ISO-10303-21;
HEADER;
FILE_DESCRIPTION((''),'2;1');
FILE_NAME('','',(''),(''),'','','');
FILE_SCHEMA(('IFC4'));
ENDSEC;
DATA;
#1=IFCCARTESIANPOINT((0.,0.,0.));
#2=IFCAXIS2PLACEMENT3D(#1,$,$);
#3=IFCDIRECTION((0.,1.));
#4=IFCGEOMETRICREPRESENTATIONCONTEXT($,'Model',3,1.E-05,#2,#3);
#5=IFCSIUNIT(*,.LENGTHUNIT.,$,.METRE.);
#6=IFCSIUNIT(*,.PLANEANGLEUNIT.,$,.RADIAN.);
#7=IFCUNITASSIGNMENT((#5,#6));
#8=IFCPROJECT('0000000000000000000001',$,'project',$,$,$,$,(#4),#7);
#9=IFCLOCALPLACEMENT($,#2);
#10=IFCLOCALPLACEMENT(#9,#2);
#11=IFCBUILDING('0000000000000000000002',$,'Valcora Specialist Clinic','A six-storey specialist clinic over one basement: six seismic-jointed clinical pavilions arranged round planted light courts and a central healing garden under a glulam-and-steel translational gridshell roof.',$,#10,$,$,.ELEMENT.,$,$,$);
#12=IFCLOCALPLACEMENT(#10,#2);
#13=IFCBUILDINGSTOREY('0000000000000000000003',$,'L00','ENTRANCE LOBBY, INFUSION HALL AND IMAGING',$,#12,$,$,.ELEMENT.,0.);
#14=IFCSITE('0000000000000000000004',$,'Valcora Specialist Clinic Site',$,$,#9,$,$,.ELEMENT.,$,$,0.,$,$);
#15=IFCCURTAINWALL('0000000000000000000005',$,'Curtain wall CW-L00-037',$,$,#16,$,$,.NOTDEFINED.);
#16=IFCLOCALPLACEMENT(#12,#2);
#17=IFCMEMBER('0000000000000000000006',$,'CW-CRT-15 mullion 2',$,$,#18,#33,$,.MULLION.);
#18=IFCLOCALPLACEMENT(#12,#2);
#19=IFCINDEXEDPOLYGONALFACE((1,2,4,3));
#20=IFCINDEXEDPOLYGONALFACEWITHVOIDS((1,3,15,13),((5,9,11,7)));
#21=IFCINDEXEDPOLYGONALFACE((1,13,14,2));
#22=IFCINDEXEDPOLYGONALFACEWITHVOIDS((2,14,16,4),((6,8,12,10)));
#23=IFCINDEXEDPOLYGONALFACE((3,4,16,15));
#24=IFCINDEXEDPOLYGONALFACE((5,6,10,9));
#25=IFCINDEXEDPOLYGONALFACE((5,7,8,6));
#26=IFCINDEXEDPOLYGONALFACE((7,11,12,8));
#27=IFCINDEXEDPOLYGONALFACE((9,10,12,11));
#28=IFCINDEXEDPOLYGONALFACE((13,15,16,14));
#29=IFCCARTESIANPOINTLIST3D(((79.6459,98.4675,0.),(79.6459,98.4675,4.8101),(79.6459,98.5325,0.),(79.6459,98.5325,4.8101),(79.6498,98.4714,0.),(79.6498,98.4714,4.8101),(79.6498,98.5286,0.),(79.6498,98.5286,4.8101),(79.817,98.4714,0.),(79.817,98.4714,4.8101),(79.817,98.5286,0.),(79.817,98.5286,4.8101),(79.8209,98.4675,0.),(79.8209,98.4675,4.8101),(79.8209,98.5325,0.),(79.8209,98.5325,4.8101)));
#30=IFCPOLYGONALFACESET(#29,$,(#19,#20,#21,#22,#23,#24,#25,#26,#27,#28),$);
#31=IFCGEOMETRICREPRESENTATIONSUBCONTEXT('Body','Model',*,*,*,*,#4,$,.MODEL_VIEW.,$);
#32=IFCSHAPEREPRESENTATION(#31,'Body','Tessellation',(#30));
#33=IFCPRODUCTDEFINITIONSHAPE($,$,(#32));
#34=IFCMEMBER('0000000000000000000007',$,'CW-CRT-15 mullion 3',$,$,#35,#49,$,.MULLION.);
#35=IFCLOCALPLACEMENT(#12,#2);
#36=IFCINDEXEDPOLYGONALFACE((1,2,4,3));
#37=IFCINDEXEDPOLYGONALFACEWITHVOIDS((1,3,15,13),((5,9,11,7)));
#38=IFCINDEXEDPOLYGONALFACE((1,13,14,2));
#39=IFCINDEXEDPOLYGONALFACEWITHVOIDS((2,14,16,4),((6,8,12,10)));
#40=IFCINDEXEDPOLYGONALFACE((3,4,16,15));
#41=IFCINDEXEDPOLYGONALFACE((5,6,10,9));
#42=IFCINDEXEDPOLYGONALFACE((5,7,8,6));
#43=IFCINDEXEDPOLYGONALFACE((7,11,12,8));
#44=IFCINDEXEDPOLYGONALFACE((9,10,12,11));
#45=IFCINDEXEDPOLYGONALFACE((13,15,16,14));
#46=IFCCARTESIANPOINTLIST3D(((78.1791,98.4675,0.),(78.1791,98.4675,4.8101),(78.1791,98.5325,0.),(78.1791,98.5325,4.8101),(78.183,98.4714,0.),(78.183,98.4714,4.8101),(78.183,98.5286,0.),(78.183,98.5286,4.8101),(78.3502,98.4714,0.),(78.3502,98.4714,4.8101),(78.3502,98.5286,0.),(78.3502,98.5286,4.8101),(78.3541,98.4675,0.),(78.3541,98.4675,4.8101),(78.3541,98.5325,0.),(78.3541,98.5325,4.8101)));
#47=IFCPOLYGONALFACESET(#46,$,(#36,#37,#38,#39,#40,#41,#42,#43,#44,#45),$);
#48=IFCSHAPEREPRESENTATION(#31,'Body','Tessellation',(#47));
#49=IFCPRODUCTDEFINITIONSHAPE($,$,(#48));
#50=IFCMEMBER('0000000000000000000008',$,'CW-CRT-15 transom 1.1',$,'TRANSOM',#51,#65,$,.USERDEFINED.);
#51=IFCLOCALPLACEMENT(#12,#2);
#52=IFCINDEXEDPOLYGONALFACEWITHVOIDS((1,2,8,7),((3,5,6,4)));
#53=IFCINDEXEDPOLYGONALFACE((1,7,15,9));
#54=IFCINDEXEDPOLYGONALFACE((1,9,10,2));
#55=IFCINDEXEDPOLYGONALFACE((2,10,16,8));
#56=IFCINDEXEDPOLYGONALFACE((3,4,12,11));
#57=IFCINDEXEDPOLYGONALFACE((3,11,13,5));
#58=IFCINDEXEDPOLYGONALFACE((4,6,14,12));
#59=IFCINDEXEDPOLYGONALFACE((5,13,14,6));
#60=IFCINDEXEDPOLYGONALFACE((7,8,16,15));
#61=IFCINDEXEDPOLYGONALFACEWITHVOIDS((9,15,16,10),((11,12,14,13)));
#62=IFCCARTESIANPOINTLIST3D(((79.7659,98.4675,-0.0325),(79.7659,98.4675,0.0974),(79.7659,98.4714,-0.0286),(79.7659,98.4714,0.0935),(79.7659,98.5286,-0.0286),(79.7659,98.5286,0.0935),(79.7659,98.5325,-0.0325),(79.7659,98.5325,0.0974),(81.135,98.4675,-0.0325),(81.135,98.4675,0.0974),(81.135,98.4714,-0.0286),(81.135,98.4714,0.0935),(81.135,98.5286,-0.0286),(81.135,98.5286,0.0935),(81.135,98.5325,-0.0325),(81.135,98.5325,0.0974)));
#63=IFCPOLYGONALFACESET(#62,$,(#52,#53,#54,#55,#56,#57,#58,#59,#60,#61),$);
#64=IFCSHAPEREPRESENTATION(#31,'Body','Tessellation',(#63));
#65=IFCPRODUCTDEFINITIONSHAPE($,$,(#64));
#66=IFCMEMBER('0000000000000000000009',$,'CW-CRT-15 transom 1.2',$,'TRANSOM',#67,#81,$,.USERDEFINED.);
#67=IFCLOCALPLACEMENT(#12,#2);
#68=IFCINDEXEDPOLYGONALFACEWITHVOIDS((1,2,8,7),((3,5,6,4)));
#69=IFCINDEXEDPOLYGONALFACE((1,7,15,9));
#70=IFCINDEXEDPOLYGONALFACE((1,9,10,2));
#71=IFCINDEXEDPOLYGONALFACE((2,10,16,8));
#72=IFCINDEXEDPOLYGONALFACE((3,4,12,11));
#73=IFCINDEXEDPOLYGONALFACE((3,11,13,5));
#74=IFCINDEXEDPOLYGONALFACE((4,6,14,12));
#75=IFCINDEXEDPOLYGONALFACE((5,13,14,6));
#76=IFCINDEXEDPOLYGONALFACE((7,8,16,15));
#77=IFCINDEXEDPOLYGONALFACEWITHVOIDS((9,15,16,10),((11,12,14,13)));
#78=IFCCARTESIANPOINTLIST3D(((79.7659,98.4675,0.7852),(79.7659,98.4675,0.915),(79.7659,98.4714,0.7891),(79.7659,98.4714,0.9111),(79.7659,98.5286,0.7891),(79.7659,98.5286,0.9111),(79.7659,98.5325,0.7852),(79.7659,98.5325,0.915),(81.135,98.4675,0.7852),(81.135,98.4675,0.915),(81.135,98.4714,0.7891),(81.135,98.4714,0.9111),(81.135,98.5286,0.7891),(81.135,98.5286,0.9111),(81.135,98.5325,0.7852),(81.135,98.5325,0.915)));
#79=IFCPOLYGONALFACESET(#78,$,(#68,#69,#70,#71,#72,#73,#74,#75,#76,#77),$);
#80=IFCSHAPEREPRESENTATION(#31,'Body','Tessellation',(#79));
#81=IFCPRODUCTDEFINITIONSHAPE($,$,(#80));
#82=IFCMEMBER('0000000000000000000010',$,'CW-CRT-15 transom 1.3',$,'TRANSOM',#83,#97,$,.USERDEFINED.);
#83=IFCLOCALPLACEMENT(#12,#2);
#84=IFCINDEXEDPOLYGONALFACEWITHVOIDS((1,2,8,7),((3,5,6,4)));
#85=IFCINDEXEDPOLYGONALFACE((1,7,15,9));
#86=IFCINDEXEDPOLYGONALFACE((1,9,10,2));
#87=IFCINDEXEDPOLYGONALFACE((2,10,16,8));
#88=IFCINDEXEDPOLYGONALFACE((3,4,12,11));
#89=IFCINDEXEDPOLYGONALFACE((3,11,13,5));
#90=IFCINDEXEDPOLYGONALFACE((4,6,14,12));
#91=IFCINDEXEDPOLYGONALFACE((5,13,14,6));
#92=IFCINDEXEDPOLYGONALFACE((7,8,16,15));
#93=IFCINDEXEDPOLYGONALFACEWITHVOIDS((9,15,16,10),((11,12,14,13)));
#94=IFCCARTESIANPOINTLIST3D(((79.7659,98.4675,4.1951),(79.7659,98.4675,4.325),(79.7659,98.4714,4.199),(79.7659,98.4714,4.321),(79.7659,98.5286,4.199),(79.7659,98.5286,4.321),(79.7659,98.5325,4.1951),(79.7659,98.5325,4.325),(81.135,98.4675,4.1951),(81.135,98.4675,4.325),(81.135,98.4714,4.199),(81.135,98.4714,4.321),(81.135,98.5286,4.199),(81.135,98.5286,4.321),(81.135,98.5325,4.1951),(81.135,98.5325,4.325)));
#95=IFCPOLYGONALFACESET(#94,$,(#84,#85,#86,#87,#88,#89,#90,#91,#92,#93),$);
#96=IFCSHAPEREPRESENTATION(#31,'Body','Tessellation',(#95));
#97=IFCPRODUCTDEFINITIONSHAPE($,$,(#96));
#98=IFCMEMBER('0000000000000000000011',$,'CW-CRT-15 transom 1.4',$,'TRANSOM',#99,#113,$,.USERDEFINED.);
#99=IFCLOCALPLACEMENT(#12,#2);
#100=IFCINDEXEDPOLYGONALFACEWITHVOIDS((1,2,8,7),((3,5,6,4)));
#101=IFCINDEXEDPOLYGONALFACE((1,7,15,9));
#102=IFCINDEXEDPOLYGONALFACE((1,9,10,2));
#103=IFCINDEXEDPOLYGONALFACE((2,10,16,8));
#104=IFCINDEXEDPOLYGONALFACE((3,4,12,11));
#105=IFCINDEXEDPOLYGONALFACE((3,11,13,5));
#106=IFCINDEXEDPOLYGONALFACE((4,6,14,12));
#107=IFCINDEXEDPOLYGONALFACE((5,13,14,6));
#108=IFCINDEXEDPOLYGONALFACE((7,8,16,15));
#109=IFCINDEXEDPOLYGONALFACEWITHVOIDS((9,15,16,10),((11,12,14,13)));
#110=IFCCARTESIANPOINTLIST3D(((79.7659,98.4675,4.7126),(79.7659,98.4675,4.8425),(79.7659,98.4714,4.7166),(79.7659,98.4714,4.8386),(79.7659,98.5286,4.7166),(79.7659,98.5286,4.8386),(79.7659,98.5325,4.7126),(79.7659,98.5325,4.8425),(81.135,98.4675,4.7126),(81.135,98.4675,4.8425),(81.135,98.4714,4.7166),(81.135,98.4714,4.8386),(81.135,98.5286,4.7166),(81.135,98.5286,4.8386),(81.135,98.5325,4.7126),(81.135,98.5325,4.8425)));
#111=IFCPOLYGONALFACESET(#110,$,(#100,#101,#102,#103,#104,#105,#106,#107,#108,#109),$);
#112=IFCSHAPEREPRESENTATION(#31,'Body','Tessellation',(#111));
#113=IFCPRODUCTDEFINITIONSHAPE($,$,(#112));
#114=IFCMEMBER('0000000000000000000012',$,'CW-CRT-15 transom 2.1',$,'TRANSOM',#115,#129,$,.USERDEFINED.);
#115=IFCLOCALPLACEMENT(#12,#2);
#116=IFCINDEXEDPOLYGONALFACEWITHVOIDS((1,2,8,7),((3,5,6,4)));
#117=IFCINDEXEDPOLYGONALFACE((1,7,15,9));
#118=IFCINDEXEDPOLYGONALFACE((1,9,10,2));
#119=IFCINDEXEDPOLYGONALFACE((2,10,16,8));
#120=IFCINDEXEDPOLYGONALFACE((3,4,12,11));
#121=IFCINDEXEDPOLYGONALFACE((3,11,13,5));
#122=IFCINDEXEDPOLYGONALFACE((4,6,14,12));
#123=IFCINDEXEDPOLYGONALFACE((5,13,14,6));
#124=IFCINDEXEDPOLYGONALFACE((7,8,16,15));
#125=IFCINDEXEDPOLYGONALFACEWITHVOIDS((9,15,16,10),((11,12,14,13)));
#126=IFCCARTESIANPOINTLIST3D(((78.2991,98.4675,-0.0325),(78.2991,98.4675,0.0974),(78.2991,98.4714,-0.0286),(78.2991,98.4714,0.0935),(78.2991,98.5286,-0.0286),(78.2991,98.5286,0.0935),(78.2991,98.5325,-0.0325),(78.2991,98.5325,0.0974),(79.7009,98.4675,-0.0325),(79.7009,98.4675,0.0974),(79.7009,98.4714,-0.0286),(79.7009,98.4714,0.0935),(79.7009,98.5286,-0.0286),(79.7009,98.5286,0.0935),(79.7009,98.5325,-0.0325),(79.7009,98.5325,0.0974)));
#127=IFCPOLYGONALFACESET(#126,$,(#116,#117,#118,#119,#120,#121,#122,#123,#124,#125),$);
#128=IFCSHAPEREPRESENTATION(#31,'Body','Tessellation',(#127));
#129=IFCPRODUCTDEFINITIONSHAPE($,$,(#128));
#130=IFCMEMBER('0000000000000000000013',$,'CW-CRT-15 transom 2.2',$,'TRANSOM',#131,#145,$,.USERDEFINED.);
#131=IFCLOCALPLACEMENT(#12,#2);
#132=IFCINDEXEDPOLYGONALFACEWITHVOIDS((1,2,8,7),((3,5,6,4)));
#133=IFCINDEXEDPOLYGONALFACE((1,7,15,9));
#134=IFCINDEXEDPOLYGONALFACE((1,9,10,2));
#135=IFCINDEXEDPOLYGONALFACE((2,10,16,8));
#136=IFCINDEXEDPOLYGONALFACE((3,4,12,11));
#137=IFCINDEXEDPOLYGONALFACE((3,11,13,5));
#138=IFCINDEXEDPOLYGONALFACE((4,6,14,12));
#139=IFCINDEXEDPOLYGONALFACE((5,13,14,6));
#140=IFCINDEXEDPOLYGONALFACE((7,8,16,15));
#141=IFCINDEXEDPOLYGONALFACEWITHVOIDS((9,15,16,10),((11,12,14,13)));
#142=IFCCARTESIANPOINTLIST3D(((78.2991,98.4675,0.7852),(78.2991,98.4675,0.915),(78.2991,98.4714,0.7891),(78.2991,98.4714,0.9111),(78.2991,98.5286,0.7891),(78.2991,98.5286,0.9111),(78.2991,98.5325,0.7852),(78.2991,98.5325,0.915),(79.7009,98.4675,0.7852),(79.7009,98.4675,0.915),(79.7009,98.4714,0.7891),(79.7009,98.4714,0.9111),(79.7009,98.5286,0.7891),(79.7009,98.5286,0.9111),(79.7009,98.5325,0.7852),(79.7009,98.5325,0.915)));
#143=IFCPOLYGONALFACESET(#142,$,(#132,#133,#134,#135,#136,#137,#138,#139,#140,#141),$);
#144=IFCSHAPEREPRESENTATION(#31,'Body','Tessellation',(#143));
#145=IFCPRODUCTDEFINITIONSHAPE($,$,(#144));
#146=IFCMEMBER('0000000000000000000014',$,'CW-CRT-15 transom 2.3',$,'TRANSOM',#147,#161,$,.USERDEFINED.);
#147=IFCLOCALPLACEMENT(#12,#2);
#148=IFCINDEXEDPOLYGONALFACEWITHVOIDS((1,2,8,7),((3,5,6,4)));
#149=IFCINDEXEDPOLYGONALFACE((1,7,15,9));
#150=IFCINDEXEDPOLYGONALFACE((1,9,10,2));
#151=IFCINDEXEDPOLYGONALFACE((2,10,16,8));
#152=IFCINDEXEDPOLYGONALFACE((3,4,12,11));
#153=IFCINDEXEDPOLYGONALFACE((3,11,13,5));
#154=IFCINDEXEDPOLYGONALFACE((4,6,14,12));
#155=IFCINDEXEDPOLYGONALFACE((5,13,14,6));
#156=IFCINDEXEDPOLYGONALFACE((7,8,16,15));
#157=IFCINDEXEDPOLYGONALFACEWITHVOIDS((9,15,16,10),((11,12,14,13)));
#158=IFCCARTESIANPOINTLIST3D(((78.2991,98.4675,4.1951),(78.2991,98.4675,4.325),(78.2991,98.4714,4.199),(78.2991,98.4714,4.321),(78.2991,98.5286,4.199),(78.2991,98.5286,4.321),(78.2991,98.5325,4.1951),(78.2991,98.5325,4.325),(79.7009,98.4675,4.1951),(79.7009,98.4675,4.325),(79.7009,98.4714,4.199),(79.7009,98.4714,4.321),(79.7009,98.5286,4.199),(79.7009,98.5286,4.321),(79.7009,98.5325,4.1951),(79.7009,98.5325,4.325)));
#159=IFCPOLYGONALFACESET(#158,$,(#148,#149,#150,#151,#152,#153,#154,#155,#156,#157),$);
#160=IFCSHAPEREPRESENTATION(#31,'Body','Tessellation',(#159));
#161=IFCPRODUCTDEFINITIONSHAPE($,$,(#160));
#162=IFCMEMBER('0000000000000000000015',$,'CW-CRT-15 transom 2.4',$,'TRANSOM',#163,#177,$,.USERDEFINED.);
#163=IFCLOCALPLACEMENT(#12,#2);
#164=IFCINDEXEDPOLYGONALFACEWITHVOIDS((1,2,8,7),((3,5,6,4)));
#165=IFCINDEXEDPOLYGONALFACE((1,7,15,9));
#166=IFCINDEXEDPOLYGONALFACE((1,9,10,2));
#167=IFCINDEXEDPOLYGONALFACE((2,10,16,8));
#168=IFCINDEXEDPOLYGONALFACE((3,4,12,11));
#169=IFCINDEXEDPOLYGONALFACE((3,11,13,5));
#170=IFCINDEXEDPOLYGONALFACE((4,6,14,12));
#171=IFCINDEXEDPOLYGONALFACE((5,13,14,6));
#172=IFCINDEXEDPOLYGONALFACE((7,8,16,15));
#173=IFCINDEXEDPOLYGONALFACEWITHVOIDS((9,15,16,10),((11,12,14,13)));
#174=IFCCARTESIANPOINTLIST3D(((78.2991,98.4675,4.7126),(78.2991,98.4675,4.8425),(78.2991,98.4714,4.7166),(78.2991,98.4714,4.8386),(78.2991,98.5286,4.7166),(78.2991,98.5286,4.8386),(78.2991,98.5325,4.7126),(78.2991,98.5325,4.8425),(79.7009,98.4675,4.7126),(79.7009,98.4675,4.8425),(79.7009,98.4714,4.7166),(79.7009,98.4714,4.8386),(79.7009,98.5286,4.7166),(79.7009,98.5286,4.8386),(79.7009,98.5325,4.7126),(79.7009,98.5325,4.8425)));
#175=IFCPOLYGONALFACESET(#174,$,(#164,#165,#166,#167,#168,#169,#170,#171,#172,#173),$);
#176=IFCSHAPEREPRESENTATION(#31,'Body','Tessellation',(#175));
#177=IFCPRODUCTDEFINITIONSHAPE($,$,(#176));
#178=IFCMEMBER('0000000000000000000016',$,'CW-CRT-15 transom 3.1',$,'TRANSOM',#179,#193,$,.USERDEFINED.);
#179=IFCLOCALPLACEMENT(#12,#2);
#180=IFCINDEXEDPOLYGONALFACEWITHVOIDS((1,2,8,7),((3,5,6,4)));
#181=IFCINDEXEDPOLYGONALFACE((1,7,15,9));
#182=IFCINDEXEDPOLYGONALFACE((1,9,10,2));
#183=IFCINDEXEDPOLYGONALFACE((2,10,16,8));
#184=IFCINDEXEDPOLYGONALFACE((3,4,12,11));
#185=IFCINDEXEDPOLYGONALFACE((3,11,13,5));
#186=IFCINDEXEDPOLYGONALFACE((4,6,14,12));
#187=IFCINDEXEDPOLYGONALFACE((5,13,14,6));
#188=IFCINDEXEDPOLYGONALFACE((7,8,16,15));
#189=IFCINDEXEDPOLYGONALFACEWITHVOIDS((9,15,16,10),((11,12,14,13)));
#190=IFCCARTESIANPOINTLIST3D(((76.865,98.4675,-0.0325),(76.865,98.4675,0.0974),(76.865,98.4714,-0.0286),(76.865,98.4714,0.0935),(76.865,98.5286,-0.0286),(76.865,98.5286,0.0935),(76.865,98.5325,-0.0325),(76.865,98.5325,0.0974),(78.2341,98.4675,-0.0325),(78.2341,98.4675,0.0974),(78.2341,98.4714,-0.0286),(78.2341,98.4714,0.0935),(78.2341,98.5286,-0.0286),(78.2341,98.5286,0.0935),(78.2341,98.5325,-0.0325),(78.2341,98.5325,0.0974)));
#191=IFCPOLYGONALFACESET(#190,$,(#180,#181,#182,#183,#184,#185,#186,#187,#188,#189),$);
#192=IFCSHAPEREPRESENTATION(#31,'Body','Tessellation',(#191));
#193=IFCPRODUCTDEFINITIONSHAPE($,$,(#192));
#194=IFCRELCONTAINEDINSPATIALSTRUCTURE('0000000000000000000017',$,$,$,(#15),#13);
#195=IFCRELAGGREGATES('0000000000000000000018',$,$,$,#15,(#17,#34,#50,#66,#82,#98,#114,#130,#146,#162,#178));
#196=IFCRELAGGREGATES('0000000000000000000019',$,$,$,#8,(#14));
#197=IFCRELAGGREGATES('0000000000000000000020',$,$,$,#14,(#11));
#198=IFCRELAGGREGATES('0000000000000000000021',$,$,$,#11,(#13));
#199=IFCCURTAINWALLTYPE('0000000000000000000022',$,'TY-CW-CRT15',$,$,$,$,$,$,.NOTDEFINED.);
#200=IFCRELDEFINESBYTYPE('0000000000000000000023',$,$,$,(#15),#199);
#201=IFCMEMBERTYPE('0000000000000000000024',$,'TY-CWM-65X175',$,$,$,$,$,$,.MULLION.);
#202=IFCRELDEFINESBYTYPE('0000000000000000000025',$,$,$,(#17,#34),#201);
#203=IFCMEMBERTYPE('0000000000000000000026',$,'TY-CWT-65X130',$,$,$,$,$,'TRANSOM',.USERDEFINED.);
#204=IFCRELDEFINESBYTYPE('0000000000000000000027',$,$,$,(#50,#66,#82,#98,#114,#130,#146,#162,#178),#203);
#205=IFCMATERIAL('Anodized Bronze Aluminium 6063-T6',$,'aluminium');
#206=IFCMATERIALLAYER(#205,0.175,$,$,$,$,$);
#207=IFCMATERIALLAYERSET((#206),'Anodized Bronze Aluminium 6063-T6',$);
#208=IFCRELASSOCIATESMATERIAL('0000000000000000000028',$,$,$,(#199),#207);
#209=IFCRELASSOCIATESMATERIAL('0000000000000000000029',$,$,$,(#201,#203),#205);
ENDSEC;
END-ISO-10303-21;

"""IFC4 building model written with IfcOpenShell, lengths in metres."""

from ifc_helpers import new_model, si_unit, direction, frame, origin, origin_2d, place, context, subcontext, project, spatial, hollow_rectangle, extrude, material, layer, layer_set, material_profile, profile_set, type_object, element, aggregate, save


model = new_model("IFC4")

# Units and contexts
model_context = context("Model", 3, precision=1e-05, world=origin(), true_north=direction((0.0, 1.0)))
body_context = subcontext(model_context, "Body", "Model", "MODEL_VIEW")
ifc_project = project(units=[si_unit("LENGTHUNIT", "METRE"), si_unit("PLANEANGLEUNIT", "RADIAN")], contexts=[model_context])

# Site, building, storey
site_placement = place(None, origin())
site = spatial("IfcSite", under=ifc_project, at=site_placement, Name="Valcora Specialist Clinic Site", CompositionType="ELEMENT", RefElevation=0.0)
building_placement = place(site_placement, origin())
building = spatial("IfcBuilding", under=site, at=building_placement, Name="Valcora Specialist Clinic", Description="A six-storey specialist clinic over one basement: six seismic-jointed clinical pavilions arranged round planted light courts and a central healing garden under a glulam-and-steel translational gridshell roof.", CompositionType="ELEMENT")
storey_placement = place(building_placement, origin())
storey = spatial("IfcBuildingStorey", under=building, at=storey_placement, Name="L00", Description="ENTRANCE LOBBY, INFUSION HALL AND IMAGING", CompositionType="ELEMENT", Elevation=0.0)

# Curtain wall, members
ifc_material_1 = material(Name="Anodized Bronze Aluminium 6063-T6", Category="aluminium")
ifc_layer_1 = layer(ifc_material_1, 0.175)
ifc_layer_set_1 = layer_set([ifc_layer_1], Name="Anodized Bronze Aluminium 6063-T6")
curtain_wall_type = type_object("IfcCurtainWallType", Name="TY-CW-CRT15", PredefinedType="NOTDEFINED", material=ifc_layer_set_1)
curtain_wall_placement = place(storey_placement, origin())
curtain_wall = element("IfcCurtainWall", 1, at=curtain_wall_placement, inside=storey, type_object=curtain_wall_type, Name="Curtain wall CW-L00-037", PredefinedType="NOTDEFINED")
ifc_material_profile_1 = material_profile(ifc_material_1, hollow_rectangle(XDim=0.0649, YDim=0.175, WallThickness=0.0039, at=origin_2d()), Name="AL-MUL-65X175")
ifc_profile_set_1 = profile_set([ifc_material_profile_1], Name="Anodized Bronze Aluminium 6063-T6")
member_type_1 = type_object("IfcMemberType", Name="TY-CWM-65X175", PredefinedType="MULLION", material=ifc_profile_set_1)
member_1_placement = place(storey_placement, frame((79.7334, 98.5, 0.0), z_axis=(0.0, 0.0, 1.0), x_axis=(0.0, -1.0, 0.0)))
member_1 = element("IfcMember", 2, at=member_1_placement, type_object=member_type_1, Name="CW-CRT-15 mullion 2", PredefinedType="MULLION", context=body_context, shape_type="SweptSolid", body=[
    extrude(hollow_rectangle(XDim=0.0649, YDim=0.175, WallThickness=0.0039, at=origin_2d()), origin(), (0.0, 0.0, 1.0), 4.8101),
])
member_2_placement = place(storey_placement, frame((78.2666, 98.5, 0.0), z_axis=(0.0, 0.0, 1.0), x_axis=(0.0, -1.0, 0.0)))
member_2 = element("IfcMember", 3, at=member_2_placement, type_object=member_type_1, Name="CW-CRT-15 mullion 3", PredefinedType="MULLION", context=body_context, shape_type="SweptSolid", body=[
    extrude(hollow_rectangle(XDim=0.0649, YDim=0.175, WallThickness=0.0039, at=origin_2d()), origin(), (0.0, 0.0, 1.0), 4.8101),
])
ifc_material_profile_2 = material_profile(ifc_material_1, hollow_rectangle(XDim=0.0649, YDim=0.1299, WallThickness=0.0039, at=origin_2d()), Name="AL-TRN-65X130")
ifc_profile_set_2 = profile_set([ifc_material_profile_2], Name="Anodized Bronze Aluminium 6063-T6")
member_type_2 = type_object("IfcMemberType", Name="TY-CWT-65X130", ElementType="TRANSOM", PredefinedType="USERDEFINED", material=ifc_profile_set_2)
member_3_placement = place(storey_placement, frame((81.135, 98.5, 0.0325), z_axis=(-1.0, 0.0, 0.0), x_axis=(0.0, -1.0, 0.0)))
member_3 = element("IfcMember", 4, at=member_3_placement, type_object=member_type_2, Name="CW-CRT-15 transom 1.1", ObjectType="TRANSOM", PredefinedType="USERDEFINED", context=body_context, shape_type="SweptSolid", body=[
    extrude(hollow_rectangle(XDim=0.0649, YDim=0.1299, WallThickness=0.0039, at=origin_2d()), origin(), (0.0, 0.0, 1.0), 1.3691),
])
member_4_placement = place(storey_placement, frame((81.135, 98.5, 0.8501), z_axis=(-1.0, 0.0, 0.0), x_axis=(0.0, -1.0, 0.0)))
member_4 = element("IfcMember", 5, at=member_4_placement, type_object=member_type_2, Name="CW-CRT-15 transom 1.2", ObjectType="TRANSOM", PredefinedType="USERDEFINED", context=body_context, shape_type="SweptSolid", body=[
    extrude(hollow_rectangle(XDim=0.0649, YDim=0.1299, WallThickness=0.0039, at=origin_2d()), origin(), (0.0, 0.0, 1.0), 1.3691),
])
member_5_placement = place(storey_placement, frame((81.135, 98.5, 4.26), z_axis=(-1.0, 0.0, 0.0), x_axis=(0.0, -1.0, 0.0)))
member_5 = element("IfcMember", 6, at=member_5_placement, type_object=member_type_2, Name="CW-CRT-15 transom 1.3", ObjectType="TRANSOM", PredefinedType="USERDEFINED", context=body_context, shape_type="SweptSolid", body=[
    extrude(hollow_rectangle(XDim=0.0649, YDim=0.1299, WallThickness=0.0039, at=origin_2d()), origin(), (0.0, 0.0, 1.0), 1.3691),
])
member_6_placement = place(storey_placement, frame((81.135, 98.5, 4.7776), z_axis=(-1.0, 0.0, 0.0), x_axis=(0.0, -1.0, 0.0)))
member_6 = element("IfcMember", 7, at=member_6_placement, type_object=member_type_2, Name="CW-CRT-15 transom 1.4", ObjectType="TRANSOM", PredefinedType="USERDEFINED", context=body_context, shape_type="SweptSolid", body=[
    extrude(hollow_rectangle(XDim=0.0649, YDim=0.1299, WallThickness=0.0039, at=origin_2d()), origin(), (0.0, 0.0, 1.0), 1.3691),
])
member_7_placement = place(storey_placement, frame((79.7009, 98.5, 0.0325), z_axis=(-1.0, 0.0, 0.0), x_axis=(0.0, -1.0, 0.0)))
member_7 = element("IfcMember", 8, at=member_7_placement, type_object=member_type_2, Name="CW-CRT-15 transom 2.1", ObjectType="TRANSOM", PredefinedType="USERDEFINED", context=body_context, shape_type="SweptSolid", body=[
    extrude(hollow_rectangle(XDim=0.0649, YDim=0.1299, WallThickness=0.0039, at=origin_2d()), origin(), (0.0, 0.0, 1.0), 1.4019),
])
member_8_placement = place(storey_placement, frame((79.7009, 98.5, 0.8501), z_axis=(-1.0, 0.0, 0.0), x_axis=(0.0, -1.0, 0.0)))
member_8 = element("IfcMember", 9, at=member_8_placement, type_object=member_type_2, Name="CW-CRT-15 transom 2.2", ObjectType="TRANSOM", PredefinedType="USERDEFINED", context=body_context, shape_type="SweptSolid", body=[
    extrude(hollow_rectangle(XDim=0.0649, YDim=0.1299, WallThickness=0.0039, at=origin_2d()), origin(), (0.0, 0.0, 1.0), 1.4019),
])
member_9_placement = place(storey_placement, frame((79.7009, 98.5, 4.26), z_axis=(-1.0, 0.0, 0.0), x_axis=(0.0, -1.0, 0.0)))
member_9 = element("IfcMember", 10, at=member_9_placement, type_object=member_type_2, Name="CW-CRT-15 transom 2.3", ObjectType="TRANSOM", PredefinedType="USERDEFINED", context=body_context, shape_type="SweptSolid", body=[
    extrude(hollow_rectangle(XDim=0.0649, YDim=0.1299, WallThickness=0.0039, at=origin_2d()), origin(), (0.0, 0.0, 1.0), 1.4019),
])
member_10_placement = place(storey_placement, frame((79.7009, 98.5, 4.7776), z_axis=(-1.0, 0.0, 0.0), x_axis=(0.0, -1.0, 0.0)))
member_10 = element("IfcMember", 11, at=member_10_placement, type_object=member_type_2, Name="CW-CRT-15 transom 2.4", ObjectType="TRANSOM", PredefinedType="USERDEFINED", context=body_context, shape_type="SweptSolid", body=[
    extrude(hollow_rectangle(XDim=0.0649, YDim=0.1299, WallThickness=0.0039, at=origin_2d()), origin(), (0.0, 0.0, 1.0), 1.4019),
])
member_11_placement = place(storey_placement, frame((78.2341, 98.5, 0.0325), z_axis=(-1.0, 0.0, 0.0), x_axis=(0.0, -1.0, 0.0)))
member_11 = element("IfcMember", 12, at=member_11_placement, type_object=member_type_2, Name="CW-CRT-15 transom 3.1", ObjectType="TRANSOM", PredefinedType="USERDEFINED", context=body_context, shape_type="SweptSolid", body=[
    extrude(hollow_rectangle(XDim=0.0649, YDim=0.1299, WallThickness=0.0039, at=origin_2d()), origin(), (0.0, 0.0, 1.0), 1.3691),
])
aggregate(curtain_wall, [member_1, member_2, member_3, member_4, member_5, member_6, member_7, member_8, member_9, member_10, member_11])

save(model, "model.ifc")
